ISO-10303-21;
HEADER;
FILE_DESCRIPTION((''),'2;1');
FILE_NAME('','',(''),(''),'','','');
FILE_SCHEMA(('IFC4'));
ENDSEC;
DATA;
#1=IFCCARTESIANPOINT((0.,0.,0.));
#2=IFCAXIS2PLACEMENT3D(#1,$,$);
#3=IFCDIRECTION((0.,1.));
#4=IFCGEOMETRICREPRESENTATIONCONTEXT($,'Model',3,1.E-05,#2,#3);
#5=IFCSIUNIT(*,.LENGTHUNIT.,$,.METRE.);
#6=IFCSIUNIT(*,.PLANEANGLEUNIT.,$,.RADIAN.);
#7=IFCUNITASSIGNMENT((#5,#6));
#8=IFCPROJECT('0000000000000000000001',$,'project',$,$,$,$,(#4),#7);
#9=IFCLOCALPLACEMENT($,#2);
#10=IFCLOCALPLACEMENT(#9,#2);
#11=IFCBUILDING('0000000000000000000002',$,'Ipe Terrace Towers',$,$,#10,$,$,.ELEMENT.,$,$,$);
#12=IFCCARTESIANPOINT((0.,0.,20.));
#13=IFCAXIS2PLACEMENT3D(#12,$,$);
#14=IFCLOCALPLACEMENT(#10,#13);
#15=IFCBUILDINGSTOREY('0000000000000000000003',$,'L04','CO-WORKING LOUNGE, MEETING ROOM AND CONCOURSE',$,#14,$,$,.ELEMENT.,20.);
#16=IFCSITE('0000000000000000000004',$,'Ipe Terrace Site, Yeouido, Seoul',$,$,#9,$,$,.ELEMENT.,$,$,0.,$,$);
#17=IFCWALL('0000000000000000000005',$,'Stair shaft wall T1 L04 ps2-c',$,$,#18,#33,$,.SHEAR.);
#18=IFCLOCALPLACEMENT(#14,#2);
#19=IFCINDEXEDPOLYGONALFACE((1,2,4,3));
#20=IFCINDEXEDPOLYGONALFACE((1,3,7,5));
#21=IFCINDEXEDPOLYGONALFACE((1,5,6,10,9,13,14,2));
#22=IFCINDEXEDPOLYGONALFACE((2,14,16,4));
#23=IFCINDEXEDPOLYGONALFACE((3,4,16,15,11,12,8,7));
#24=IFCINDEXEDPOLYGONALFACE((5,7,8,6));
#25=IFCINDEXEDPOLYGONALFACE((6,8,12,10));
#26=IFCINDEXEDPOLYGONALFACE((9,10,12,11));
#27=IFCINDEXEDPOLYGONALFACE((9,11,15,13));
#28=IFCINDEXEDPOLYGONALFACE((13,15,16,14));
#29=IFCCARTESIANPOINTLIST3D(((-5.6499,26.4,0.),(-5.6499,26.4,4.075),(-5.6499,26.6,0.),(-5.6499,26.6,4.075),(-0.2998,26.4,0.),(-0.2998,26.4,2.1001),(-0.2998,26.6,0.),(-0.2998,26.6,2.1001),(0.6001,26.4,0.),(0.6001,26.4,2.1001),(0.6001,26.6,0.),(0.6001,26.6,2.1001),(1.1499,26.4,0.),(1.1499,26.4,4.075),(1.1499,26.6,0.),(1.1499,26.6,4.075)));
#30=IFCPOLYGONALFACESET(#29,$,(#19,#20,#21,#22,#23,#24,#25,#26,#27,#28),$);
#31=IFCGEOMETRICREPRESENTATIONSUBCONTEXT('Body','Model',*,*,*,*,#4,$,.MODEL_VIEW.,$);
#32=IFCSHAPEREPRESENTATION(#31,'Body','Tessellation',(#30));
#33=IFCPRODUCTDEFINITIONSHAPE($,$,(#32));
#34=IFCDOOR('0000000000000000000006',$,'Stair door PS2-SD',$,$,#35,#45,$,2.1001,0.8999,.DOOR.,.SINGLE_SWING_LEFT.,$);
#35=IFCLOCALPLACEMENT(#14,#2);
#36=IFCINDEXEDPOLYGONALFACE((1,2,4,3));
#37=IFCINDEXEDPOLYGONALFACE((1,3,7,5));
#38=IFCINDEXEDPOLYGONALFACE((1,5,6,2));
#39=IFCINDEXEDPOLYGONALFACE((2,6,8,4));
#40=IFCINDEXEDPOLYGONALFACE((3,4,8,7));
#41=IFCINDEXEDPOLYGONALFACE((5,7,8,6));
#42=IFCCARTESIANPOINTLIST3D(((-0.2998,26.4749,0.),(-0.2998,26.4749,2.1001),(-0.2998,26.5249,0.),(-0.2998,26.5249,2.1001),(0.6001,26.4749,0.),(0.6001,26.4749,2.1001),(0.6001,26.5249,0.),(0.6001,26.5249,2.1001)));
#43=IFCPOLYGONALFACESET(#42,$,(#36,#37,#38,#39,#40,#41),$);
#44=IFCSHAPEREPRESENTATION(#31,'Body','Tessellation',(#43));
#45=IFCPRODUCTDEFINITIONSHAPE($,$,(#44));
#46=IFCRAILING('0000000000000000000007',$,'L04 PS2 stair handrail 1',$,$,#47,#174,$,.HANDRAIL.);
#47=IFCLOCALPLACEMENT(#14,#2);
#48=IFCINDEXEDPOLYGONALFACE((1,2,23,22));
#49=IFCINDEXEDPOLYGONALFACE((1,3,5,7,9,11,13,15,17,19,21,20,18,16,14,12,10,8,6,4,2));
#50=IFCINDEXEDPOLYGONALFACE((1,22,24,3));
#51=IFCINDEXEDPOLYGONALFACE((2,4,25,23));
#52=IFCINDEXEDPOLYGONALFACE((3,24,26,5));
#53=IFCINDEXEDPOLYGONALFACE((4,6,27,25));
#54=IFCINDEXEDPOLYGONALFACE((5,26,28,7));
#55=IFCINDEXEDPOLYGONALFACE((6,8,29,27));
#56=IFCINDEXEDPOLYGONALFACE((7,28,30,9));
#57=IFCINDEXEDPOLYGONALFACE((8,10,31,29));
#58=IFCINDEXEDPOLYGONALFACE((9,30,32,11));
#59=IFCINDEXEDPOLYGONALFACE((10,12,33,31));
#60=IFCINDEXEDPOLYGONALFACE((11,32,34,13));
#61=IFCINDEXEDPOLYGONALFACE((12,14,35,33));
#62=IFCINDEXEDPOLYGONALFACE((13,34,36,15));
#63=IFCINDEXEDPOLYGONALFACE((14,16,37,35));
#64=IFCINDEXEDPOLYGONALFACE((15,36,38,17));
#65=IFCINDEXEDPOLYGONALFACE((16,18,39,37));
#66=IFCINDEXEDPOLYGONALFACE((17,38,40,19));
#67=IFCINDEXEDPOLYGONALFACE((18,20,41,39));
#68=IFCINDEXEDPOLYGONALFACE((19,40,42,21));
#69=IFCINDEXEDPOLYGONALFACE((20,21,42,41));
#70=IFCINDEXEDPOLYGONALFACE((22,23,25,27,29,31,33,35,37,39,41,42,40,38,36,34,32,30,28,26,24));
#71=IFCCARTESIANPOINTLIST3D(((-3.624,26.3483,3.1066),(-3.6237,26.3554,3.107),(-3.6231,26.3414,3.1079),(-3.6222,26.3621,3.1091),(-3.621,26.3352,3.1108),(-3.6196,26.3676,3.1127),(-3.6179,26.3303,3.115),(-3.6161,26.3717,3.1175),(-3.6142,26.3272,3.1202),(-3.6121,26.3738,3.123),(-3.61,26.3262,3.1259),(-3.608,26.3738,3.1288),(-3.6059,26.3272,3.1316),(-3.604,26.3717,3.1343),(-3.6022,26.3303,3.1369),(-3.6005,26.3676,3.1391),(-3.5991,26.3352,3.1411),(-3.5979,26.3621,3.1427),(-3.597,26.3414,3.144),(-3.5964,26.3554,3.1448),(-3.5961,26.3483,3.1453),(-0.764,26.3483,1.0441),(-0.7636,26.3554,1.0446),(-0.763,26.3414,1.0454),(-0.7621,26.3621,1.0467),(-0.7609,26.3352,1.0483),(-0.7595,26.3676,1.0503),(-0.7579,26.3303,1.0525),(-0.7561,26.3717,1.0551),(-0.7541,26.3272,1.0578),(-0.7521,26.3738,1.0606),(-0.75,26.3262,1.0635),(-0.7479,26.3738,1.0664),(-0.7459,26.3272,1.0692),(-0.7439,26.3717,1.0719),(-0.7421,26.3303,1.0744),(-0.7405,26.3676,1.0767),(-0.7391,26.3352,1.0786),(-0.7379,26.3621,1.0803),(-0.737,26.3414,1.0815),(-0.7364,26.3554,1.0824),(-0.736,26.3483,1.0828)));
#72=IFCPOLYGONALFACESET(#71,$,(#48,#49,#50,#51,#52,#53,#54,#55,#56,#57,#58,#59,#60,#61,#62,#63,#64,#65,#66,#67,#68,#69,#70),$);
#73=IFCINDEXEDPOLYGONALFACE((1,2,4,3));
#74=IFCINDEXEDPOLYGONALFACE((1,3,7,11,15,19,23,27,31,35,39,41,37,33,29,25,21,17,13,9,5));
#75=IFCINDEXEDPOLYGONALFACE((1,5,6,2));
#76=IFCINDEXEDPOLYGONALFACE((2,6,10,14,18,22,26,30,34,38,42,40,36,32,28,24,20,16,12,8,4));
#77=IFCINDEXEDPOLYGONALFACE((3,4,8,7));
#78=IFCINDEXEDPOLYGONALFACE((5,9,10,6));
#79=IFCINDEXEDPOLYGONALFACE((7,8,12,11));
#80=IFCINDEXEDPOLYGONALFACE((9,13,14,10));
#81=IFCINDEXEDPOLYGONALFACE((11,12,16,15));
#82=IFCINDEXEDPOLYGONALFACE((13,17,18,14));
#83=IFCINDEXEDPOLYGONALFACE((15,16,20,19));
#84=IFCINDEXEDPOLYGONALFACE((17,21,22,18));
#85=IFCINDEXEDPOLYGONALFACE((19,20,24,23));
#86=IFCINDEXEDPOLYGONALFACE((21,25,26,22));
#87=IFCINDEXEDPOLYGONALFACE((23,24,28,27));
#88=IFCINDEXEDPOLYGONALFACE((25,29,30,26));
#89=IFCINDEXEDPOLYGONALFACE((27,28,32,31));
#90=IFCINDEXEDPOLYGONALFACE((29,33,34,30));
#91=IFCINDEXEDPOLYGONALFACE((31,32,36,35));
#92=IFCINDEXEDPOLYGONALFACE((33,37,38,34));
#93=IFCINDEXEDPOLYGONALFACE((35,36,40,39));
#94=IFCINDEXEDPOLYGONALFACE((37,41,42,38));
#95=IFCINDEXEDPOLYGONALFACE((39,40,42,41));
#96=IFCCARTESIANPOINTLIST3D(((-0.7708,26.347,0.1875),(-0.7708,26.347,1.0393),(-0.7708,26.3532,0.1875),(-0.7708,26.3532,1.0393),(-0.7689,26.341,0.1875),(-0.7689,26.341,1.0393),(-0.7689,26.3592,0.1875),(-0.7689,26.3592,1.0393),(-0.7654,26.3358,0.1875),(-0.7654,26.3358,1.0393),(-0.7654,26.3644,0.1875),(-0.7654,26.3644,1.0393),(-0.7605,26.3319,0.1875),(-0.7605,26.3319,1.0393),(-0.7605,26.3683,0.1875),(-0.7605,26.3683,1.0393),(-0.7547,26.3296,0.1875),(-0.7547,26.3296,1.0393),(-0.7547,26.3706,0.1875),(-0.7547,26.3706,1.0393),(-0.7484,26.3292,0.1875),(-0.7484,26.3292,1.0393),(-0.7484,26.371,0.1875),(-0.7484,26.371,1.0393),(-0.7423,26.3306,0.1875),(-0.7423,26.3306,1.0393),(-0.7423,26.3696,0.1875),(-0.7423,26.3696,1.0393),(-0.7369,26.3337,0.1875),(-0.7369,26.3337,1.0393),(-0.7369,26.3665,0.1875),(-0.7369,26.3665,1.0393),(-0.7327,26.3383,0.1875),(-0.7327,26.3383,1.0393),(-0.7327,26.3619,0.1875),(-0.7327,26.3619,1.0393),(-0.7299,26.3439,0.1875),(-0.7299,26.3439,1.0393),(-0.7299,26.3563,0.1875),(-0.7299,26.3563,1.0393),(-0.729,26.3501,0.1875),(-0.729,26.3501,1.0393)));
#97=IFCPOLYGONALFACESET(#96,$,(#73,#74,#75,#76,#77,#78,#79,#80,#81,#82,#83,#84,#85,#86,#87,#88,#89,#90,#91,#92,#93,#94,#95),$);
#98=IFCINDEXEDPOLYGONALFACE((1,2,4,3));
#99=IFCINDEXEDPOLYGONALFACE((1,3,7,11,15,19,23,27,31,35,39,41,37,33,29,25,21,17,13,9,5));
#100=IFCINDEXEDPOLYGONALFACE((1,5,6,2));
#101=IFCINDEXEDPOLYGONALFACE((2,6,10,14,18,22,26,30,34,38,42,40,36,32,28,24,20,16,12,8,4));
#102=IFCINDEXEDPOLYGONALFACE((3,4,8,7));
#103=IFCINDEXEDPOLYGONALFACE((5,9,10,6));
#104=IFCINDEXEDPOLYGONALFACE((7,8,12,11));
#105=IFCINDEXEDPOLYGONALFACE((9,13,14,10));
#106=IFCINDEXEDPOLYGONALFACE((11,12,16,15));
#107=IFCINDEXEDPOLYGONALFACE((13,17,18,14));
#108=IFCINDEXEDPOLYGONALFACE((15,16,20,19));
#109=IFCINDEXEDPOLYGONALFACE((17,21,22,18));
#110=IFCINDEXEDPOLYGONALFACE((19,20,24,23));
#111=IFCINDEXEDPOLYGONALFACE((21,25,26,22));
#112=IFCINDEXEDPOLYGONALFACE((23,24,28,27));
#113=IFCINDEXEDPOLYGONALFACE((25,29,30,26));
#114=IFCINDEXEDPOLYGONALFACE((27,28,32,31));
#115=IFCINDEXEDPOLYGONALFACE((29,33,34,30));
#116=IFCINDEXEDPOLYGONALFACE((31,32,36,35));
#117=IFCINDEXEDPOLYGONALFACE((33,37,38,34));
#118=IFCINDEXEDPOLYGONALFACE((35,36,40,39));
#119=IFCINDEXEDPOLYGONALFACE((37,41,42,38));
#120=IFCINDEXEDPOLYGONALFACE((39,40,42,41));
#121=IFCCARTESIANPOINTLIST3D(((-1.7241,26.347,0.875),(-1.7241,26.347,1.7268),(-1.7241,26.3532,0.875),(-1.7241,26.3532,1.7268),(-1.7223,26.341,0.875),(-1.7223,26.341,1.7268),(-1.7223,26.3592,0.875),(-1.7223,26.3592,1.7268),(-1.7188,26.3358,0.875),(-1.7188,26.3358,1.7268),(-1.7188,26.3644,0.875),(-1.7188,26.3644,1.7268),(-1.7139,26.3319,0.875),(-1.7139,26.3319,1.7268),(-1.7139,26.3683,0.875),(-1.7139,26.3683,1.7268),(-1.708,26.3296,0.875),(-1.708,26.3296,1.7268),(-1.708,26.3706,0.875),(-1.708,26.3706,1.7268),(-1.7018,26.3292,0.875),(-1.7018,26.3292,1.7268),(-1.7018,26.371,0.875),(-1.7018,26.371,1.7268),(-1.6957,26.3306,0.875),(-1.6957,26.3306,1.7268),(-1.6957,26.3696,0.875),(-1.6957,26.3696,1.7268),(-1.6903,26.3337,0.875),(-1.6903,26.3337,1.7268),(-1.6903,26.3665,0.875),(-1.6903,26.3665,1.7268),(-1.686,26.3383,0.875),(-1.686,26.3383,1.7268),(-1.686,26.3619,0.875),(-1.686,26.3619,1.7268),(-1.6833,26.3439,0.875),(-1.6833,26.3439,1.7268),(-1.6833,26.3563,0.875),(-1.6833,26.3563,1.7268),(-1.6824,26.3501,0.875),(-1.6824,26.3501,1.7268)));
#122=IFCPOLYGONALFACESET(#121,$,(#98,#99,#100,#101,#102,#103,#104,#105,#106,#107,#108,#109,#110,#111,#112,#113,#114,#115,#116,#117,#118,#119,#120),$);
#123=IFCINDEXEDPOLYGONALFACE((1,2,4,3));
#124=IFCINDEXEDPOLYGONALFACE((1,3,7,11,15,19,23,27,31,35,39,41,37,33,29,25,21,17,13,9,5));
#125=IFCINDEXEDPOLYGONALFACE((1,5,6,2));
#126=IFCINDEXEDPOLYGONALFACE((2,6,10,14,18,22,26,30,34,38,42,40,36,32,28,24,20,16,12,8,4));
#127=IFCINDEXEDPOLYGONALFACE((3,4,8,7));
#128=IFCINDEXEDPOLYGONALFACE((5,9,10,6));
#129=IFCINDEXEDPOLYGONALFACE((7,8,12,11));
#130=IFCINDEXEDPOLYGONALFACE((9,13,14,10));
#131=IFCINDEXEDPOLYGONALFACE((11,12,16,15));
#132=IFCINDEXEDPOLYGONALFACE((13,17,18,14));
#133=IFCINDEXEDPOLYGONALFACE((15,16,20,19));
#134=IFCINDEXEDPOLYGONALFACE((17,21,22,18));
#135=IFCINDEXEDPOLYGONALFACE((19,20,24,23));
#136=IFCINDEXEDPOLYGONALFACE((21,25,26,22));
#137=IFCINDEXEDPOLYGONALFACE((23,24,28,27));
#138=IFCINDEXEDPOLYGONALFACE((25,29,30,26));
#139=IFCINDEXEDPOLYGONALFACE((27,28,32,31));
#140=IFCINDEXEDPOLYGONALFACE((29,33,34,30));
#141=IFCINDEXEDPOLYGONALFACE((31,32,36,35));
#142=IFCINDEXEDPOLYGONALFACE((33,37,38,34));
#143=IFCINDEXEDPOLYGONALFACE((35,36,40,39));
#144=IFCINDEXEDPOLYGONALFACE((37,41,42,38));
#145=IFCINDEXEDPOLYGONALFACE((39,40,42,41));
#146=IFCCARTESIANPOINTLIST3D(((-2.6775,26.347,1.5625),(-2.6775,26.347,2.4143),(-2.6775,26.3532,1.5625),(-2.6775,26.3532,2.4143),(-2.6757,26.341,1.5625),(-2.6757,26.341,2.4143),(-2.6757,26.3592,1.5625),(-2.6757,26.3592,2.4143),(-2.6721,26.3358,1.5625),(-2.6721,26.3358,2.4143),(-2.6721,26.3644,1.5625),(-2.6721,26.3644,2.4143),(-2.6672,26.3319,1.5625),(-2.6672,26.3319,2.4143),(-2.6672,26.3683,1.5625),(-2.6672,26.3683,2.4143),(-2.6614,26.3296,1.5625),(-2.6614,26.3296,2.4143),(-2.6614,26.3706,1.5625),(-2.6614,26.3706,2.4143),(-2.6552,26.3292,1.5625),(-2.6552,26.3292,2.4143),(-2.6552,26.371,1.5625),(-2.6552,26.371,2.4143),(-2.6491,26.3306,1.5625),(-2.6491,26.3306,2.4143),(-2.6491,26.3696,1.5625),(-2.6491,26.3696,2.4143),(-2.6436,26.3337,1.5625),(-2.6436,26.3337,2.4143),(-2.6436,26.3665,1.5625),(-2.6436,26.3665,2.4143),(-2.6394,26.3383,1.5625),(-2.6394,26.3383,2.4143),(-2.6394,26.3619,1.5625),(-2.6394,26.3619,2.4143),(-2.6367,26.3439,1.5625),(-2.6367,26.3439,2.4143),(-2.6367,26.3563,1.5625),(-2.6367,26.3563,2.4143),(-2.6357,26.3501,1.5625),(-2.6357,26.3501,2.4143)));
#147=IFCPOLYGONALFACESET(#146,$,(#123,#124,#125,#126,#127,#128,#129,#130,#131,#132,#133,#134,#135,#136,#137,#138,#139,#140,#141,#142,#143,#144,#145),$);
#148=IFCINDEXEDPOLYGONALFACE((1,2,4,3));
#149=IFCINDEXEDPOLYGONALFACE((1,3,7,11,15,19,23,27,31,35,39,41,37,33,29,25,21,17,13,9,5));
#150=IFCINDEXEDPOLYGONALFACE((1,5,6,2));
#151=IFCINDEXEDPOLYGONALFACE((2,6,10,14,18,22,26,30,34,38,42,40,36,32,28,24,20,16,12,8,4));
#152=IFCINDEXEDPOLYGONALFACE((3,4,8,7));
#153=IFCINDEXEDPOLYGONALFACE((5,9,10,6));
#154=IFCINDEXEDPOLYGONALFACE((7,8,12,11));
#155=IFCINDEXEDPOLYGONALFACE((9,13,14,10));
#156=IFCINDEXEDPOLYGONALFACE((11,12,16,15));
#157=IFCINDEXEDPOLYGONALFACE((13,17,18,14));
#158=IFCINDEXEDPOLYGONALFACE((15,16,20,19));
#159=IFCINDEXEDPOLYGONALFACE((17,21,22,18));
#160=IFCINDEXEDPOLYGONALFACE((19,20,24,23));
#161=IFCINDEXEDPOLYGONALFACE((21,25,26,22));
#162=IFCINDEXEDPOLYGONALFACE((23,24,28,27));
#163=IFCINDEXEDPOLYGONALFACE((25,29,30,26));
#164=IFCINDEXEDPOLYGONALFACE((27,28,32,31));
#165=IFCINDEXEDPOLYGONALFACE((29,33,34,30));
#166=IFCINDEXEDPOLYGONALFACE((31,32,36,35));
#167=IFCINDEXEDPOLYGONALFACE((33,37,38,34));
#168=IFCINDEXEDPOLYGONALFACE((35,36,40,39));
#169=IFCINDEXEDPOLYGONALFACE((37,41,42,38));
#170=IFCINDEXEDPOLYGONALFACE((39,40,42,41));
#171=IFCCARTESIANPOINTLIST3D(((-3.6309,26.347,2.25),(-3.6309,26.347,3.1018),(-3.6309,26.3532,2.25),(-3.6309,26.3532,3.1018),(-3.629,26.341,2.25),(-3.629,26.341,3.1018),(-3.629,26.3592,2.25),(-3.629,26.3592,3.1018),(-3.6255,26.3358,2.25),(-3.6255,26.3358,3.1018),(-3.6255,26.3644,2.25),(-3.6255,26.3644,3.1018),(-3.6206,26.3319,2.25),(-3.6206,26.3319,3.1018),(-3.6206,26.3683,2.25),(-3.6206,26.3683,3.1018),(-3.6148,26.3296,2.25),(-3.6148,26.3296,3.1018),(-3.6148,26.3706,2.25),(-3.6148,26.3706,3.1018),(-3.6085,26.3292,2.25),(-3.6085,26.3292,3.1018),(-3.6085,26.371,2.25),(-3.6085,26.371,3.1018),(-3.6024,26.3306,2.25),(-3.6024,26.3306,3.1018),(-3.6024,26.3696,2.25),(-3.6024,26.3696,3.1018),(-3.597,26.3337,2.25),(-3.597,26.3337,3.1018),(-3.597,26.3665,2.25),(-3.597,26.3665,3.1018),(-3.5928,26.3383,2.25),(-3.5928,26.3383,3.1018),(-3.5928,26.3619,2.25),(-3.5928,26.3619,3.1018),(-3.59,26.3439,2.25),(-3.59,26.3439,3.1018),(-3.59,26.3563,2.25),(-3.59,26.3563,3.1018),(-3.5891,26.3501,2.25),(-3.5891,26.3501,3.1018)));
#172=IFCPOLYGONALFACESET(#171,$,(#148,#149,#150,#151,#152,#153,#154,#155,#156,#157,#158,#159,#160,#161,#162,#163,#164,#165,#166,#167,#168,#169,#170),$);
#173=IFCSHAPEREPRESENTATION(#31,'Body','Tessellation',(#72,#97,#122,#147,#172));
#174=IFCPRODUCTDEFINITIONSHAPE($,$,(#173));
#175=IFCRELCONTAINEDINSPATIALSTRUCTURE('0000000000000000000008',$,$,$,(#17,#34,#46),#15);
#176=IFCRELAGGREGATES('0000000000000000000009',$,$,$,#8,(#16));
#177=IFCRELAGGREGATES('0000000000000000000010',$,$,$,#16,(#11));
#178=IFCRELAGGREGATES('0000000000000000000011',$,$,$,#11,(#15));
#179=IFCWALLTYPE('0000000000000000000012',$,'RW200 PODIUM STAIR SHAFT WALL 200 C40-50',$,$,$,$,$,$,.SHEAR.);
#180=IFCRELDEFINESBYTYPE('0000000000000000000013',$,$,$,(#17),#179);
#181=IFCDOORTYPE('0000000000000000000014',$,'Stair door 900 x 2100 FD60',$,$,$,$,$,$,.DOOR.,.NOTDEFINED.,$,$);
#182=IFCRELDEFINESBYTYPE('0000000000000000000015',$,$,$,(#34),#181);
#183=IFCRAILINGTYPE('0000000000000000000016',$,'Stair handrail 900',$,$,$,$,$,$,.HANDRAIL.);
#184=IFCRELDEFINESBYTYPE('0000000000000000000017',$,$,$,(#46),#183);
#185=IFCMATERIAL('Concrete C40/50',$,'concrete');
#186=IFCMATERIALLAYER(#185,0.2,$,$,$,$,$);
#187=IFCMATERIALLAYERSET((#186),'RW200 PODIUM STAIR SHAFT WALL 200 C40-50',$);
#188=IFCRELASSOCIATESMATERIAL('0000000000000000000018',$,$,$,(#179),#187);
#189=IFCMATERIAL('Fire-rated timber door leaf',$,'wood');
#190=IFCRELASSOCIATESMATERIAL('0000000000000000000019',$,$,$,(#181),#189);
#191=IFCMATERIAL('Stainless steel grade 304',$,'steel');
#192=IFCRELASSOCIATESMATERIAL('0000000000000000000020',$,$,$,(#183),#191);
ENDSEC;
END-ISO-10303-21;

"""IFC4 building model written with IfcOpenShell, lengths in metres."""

from ifc_helpers import new_model, si_unit, direction, frame, frame_2d, origin, origin_2d, place, context, subcontext, project, spatial, rectangle, circle, extrude, material, layer, layer_set, type_object, element, fill, save


model = new_model("IFC4")

# Units and contexts
model_context = context("Model", 3, precision=1e-05, world=origin(), true_north=direction((0.0, 1.0)))
body_context = subcontext(model_context, "Body", "Model", "MODEL_VIEW")
ifc_project = project(units=[si_unit("LENGTHUNIT", "METRE"), si_unit("PLANEANGLEUNIT", "RADIAN")], contexts=[model_context])

# Site, building, storey
site_placement = place(None, origin())
site = spatial("IfcSite", under=ifc_project, at=site_placement, Name="Ipe Terrace Site, Yeouido, Seoul", CompositionType="ELEMENT", RefElevation=0.0)
building_placement = place(site_placement, origin())
building = spatial("IfcBuilding", under=site, at=building_placement, Name="Ipe Terrace Towers", CompositionType="ELEMENT")
storey_placement = place(building_placement, frame((0.0, 0.0, 20.0)))
storey = spatial("IfcBuildingStorey", under=building, at=storey_placement, Name="L04", Description="CO-WORKING LOUNGE, MEETING ROOM AND CONCOURSE", CompositionType="ELEMENT", Elevation=20.0)

# Wall, opening, door
ifc_material_1 = material(Name="Concrete C40/50", Category="concrete")
ifc_layer_1 = layer(ifc_material_1, 0.2)
ifc_layer_set_1 = layer_set([ifc_layer_1], Name="RW200 PODIUM STAIR SHAFT WALL 200 C40-50")
wall_type_1 = type_object("IfcWallType", Name="RW200 PODIUM STAIR SHAFT WALL 200 C40-50", PredefinedType="SHEAR", material=ifc_layer_set_1)
wall_1_placement = place(storey_placement, frame((-5.6499, 26.5, 0.0), z_axis=(0.0, 0.0, 1.0), x_axis=(1.0, 0.0, 0.0)))
wall_1 = element("IfcWall", 1, at=wall_1_placement, inside=storey, type_object=wall_type_1, Name="Stair shaft wall T1 L04 ps2-c", PredefinedType="SHEAR", context=body_context, shape_type="SweptSolid", body=[
    extrude(rectangle(XDim=6.7998, YDim=0.2, at=frame_2d((3.3999, 0.0))), origin(), (0.0, 0.0, 1.0), 4.075),
])
opening_1_placement = place(wall_1_placement, frame((5.3501, 0.0, 0.0)))
opening_1 = element("IfcOpeningElement", 2, at=opening_1_placement, cuts=wall_1, PredefinedType="OPENING", context=body_context, shape_type="SweptSolid", body=[
    extrude(rectangle(XDim=0.8999, YDim=2.1001, at=frame_2d((0.45, 1.05))), frame((0.0, 0.1099, 0.0), z_axis=(0.0, -1.0, 0.0), x_axis=(1.0, 0.0, 0.0)), (0.0, 0.0, 1.0), 0.22),
])
ifc_material_2 = material(Name="Fire-rated timber door leaf", Category="wood")
door_type_1 = type_object("IfcDoorType", Name="Stair door 900 x 2100 FD60", OperationType="NOTDEFINED", PredefinedType="DOOR", material=ifc_material_2)
door_1_placement = place(opening_1_placement, origin())
door_1 = element("IfcDoor", 3, at=door_1_placement, inside=storey, type_object=door_type_1, Name="Stair door PS2-SD", OperationType="SINGLE_SWING_LEFT", OverallHeight=2.1001, OverallWidth=0.8999, PredefinedType="DOOR", context=body_context, shape_type="SweptSolid", body=[
    extrude(rectangle(XDim=0.8999, YDim=2.1001, at=frame_2d((0.45, 1.05))), frame((0.0, 0.0249, 0.0), z_axis=(0.0, -1.0, 0.0), x_axis=(1.0, 0.0, 0.0)), (0.0, 0.0, 1.0), 0.05),
])
fill(opening_1, door_1)

# Railing
ifc_material_3 = material(Name="Stainless steel grade 304", Category="steel")
railing_type_1 = type_object("IfcRailingType", Name="Stair handrail 900", PredefinedType="HANDRAIL", material=ifc_material_3)
railing_1_placement = place(storey_placement, frame((-0.75, 26.3501, 0.1875)))
element("IfcRailing", 4, at=railing_1_placement, inside=storey, type_object=railing_type_1, Name="L04 PS2 stair handrail 1", PredefinedType="HANDRAIL", context=body_context, shape_type="SweptSolid", body=[
    extrude(circle(Radius=0.0239, at=origin_2d()), frame((0.0, 0.0, 0.876), z_axis=(-0.811101, 0.0, 0.584906), x_axis=(0.0, -1.0, 0.0)), (0.0, 0.0, 1.0), 3.5261),
    extrude(circle(Radius=0.021, at=origin_2d()), origin(), (0.0, 0.0, 1.0), 0.8518),
    extrude(circle(Radius=0.021, at=origin_2d()), frame((-0.9534, 0.0, 0.6875)), (0.0, 0.0, 1.0), 0.8518),
    extrude(circle(Radius=0.021, at=origin_2d()), frame((-1.9067, 0.0, 1.375)), (0.0, 0.0, 1.0), 0.8518),
    extrude(circle(Radius=0.021, at=origin_2d()), frame((-2.8601, 0.0, 2.0625)), (0.0, 0.0, 1.0), 0.8518),
])

save(model, "model.ifc")
